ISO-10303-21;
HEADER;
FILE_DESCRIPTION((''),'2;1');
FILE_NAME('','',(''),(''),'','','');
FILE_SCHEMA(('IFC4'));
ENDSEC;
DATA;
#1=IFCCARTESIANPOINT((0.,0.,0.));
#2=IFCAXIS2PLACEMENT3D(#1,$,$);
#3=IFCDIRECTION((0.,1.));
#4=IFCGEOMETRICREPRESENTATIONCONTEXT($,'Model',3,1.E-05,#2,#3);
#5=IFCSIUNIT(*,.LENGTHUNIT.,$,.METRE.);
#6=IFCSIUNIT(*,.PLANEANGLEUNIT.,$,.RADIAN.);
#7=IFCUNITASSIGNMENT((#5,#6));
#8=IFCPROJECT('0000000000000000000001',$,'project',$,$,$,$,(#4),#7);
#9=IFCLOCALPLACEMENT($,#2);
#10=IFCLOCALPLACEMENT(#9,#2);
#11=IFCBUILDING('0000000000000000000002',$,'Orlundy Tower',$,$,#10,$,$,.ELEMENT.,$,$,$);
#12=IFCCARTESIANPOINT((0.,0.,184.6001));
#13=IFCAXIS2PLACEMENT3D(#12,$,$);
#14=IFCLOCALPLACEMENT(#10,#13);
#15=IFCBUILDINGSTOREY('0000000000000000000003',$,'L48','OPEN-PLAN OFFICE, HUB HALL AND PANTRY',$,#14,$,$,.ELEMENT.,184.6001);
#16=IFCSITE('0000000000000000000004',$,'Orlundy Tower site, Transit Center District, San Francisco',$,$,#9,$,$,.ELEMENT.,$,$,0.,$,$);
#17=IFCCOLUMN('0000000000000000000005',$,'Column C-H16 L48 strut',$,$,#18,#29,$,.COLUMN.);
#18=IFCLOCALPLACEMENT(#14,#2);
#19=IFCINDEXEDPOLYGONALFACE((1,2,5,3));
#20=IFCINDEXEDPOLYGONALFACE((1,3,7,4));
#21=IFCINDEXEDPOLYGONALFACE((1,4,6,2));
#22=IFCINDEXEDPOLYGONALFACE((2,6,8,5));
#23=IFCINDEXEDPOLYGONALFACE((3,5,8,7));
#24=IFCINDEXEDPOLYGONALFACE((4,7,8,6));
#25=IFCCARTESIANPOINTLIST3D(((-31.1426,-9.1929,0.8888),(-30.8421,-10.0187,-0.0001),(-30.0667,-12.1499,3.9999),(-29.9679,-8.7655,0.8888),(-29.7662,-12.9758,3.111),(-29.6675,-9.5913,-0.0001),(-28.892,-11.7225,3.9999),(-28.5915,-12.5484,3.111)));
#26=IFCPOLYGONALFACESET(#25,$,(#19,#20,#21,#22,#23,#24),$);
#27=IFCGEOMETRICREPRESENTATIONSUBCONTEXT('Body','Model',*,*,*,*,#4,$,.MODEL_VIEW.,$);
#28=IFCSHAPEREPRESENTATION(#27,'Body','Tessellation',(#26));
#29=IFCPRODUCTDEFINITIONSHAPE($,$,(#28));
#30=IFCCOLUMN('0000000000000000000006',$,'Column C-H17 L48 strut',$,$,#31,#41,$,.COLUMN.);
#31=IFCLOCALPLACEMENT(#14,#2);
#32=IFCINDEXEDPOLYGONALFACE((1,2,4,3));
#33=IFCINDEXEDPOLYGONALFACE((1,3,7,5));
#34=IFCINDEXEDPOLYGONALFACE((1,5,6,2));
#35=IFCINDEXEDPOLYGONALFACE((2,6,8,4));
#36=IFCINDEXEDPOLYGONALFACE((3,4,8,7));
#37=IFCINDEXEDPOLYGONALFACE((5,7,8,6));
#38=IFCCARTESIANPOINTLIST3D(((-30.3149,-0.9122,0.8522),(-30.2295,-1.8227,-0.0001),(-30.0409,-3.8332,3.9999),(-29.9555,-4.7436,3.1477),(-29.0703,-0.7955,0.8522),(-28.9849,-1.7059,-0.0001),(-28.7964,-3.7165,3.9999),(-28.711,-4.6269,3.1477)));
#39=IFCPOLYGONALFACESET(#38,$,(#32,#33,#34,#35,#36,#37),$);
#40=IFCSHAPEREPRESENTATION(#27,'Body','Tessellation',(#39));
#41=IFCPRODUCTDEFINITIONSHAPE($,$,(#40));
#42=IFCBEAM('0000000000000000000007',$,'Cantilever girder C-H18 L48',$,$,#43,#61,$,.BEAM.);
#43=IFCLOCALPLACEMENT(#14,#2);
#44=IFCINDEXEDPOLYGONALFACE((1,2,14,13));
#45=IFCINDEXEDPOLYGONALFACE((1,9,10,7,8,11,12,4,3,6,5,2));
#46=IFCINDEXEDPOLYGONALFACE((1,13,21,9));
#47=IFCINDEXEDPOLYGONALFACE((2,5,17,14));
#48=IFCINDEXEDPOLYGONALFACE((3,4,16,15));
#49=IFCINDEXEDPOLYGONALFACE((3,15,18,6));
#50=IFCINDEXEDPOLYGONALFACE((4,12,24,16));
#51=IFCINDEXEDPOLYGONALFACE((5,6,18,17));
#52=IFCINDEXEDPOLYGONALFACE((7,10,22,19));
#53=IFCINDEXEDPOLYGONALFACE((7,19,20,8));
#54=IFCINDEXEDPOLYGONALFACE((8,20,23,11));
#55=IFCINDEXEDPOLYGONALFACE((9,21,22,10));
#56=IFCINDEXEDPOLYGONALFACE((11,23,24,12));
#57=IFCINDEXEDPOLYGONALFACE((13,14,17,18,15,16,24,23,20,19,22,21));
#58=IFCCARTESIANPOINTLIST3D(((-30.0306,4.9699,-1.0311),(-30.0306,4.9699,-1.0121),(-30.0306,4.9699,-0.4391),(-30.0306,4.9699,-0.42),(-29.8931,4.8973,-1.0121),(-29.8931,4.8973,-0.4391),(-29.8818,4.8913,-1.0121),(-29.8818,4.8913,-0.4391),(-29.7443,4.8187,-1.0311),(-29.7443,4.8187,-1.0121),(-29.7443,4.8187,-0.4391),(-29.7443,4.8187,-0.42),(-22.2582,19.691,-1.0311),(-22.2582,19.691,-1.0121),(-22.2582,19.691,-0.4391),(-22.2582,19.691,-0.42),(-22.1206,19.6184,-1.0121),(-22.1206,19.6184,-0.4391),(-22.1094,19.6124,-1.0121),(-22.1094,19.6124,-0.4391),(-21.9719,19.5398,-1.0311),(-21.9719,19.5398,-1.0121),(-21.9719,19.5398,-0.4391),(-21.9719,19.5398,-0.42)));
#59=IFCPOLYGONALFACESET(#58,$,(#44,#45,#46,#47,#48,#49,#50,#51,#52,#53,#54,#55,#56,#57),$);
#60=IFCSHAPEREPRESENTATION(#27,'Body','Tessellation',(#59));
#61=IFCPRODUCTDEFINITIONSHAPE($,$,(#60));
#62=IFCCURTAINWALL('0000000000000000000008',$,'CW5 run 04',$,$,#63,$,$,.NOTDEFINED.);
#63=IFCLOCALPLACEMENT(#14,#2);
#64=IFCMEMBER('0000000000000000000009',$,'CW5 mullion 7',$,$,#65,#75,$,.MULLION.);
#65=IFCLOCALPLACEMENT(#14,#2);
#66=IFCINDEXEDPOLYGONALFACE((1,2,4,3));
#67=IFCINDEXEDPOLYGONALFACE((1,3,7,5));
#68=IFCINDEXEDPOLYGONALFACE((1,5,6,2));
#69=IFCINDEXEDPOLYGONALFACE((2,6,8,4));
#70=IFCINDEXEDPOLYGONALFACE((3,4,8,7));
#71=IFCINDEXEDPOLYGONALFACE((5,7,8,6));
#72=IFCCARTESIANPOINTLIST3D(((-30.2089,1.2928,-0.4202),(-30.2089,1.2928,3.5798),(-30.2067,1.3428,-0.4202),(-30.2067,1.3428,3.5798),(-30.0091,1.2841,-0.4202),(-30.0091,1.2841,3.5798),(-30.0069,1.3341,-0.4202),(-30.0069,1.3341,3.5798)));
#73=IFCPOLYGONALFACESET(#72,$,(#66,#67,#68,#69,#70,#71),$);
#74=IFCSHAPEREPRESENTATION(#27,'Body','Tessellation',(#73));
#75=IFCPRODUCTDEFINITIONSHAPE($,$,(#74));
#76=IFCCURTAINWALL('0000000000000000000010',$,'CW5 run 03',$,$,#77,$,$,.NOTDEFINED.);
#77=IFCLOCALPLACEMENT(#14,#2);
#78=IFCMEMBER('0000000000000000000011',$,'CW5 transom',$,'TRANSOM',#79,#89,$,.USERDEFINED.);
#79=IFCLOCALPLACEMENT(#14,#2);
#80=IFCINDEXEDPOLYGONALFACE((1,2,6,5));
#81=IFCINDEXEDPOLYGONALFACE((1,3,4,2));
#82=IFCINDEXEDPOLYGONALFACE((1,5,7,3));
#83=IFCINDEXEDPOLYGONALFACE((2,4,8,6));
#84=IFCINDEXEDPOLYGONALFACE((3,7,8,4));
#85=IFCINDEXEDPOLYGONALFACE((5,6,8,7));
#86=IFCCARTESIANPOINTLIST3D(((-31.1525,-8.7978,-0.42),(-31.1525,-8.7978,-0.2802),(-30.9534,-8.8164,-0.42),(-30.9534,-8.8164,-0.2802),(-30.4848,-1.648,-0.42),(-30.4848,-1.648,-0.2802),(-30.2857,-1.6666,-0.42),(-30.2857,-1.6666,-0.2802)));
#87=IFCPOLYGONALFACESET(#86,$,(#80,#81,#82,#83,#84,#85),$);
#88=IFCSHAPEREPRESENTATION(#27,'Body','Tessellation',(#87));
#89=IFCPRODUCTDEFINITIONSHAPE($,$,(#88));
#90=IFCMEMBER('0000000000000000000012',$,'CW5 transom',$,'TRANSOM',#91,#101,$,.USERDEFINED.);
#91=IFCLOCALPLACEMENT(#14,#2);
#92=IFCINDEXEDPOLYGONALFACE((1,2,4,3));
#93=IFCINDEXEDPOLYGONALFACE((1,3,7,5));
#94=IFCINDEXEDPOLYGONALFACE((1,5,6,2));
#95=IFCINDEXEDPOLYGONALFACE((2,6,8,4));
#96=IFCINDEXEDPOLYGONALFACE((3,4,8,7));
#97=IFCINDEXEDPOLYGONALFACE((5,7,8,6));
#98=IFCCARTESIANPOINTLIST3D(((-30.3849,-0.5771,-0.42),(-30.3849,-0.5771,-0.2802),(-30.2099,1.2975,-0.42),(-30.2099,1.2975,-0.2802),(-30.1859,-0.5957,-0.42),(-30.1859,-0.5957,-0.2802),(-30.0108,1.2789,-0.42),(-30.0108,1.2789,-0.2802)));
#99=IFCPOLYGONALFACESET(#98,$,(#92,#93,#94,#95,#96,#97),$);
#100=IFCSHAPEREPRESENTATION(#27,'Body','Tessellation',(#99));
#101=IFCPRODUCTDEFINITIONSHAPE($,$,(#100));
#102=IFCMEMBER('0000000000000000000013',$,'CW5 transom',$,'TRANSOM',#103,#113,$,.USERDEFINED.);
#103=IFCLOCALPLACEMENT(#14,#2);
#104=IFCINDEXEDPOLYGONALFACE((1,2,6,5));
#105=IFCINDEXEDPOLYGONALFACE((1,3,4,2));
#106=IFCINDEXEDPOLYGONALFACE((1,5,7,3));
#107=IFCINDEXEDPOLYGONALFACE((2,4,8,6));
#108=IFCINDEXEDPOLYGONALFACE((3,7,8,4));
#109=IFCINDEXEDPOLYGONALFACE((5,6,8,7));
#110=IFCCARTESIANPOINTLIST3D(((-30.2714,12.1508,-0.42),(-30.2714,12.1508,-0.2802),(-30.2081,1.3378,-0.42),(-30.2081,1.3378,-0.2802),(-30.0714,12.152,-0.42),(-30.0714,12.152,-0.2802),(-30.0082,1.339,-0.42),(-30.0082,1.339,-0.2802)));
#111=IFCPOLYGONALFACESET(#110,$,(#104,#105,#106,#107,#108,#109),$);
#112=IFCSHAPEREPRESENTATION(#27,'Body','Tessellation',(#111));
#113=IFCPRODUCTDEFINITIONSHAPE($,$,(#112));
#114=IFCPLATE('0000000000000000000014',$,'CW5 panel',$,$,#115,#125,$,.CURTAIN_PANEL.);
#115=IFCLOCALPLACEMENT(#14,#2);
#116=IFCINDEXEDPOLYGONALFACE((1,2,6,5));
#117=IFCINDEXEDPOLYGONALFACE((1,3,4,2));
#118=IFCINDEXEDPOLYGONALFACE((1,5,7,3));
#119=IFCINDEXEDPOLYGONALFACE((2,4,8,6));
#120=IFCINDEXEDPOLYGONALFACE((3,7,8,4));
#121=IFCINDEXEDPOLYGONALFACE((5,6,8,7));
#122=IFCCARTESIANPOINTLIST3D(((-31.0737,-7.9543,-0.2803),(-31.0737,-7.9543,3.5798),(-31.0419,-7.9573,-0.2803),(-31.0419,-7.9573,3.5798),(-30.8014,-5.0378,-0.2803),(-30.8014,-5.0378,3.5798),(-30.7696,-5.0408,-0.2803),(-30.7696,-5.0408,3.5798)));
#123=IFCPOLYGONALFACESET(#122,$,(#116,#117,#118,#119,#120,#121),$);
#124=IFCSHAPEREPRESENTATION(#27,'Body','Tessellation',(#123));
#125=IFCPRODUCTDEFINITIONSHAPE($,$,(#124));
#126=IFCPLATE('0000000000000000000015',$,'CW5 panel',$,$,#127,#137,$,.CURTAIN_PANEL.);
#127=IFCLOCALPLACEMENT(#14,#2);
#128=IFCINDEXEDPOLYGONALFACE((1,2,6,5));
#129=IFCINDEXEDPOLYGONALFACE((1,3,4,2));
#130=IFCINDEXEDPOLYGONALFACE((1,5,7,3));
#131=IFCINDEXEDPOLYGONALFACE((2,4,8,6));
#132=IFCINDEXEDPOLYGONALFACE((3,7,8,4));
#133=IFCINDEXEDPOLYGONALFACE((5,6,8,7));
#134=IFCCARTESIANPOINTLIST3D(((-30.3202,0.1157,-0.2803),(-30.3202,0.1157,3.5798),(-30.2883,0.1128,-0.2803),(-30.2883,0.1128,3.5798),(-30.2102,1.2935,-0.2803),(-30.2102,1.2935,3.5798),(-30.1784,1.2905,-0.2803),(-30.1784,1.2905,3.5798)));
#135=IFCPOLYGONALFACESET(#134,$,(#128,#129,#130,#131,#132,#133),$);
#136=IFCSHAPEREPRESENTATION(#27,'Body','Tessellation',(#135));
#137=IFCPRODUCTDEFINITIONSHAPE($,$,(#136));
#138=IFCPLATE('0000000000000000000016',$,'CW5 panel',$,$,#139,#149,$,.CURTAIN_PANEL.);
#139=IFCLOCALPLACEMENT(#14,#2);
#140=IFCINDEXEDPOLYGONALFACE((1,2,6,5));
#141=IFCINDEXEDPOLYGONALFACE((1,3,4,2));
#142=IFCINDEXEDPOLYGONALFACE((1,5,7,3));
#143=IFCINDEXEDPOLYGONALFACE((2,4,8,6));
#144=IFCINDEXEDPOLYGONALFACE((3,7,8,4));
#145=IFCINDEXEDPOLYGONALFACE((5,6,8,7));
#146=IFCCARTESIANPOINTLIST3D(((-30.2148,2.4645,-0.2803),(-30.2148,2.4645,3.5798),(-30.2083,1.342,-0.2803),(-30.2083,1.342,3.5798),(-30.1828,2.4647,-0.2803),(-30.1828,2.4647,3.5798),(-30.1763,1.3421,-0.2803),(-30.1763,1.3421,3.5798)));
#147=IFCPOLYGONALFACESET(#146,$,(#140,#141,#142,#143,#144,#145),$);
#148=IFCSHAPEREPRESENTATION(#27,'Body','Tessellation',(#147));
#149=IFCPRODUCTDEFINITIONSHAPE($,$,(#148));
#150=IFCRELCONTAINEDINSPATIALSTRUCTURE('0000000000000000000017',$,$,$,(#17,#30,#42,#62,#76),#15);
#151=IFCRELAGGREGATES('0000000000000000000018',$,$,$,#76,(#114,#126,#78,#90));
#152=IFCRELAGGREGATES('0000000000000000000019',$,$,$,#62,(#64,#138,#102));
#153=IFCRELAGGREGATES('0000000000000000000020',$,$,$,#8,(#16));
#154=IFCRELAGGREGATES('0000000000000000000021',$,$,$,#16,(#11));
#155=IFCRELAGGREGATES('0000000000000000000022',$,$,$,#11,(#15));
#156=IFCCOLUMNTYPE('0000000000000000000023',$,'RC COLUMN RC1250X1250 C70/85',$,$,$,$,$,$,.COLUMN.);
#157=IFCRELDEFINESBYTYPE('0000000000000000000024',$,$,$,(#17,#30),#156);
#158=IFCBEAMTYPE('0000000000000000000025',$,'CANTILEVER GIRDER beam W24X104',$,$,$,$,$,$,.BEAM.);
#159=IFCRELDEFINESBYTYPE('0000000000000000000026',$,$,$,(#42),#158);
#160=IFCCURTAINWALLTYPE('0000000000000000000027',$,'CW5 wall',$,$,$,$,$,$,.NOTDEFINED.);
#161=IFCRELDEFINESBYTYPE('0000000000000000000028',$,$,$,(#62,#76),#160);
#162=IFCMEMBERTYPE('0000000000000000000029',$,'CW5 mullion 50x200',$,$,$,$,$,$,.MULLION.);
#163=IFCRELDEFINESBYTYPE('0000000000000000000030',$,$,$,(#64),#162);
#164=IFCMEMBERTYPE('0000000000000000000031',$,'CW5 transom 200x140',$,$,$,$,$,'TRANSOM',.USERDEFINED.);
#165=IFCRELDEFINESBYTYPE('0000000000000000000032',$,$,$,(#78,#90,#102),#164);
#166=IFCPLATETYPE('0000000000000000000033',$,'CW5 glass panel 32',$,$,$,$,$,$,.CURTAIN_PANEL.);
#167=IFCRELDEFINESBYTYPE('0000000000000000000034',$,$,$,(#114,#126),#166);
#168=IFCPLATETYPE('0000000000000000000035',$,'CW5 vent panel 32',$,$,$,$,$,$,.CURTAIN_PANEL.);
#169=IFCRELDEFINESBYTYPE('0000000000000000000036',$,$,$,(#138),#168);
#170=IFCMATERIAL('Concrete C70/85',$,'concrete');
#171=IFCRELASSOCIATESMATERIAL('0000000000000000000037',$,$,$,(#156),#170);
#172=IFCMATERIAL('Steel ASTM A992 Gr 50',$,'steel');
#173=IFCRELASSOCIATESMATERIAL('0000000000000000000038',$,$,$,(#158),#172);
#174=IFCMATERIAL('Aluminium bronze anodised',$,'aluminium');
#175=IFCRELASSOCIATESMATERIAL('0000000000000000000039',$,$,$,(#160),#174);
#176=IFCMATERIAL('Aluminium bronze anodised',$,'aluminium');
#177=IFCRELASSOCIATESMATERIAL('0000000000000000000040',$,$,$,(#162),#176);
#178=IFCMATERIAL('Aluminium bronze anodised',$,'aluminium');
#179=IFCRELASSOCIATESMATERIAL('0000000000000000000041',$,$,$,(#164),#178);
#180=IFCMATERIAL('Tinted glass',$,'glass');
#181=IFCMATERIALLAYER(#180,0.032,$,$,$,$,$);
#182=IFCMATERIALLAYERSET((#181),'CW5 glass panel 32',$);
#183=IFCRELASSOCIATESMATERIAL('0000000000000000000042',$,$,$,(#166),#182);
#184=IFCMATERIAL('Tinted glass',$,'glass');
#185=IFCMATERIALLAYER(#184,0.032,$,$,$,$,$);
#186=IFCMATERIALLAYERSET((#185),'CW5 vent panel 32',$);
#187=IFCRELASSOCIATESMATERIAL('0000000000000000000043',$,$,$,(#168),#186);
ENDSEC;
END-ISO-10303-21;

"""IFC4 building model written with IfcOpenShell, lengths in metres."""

from ifc_helpers import new_model, si_unit, direction, frame, origin, origin_2d, place, context, subcontext, project, spatial, rectangle, i_section, extrude, material, layer, layer_set, material_profile, profile_set, type_object, element, aggregate, save


model = new_model("IFC4")

# Units and contexts
model_context = context("Model", 3, precision=1e-05, world=origin(), true_north=direction((0.0, 1.0)))
body_context = subcontext(model_context, "Body", "Model", "MODEL_VIEW")
ifc_project = project(units=[si_unit("LENGTHUNIT", "METRE"), si_unit("PLANEANGLEUNIT", "RADIAN")], contexts=[model_context])

# Site, building, storey
site_placement = place(None, origin())
site = spatial("IfcSite", under=ifc_project, at=site_placement, Name="Orlundy Tower site, Transit Center District, San Francisco", CompositionType="ELEMENT", RefElevation=0.0)
building_placement = place(site_placement, origin())
building = spatial("IfcBuilding", under=site, at=building_placement, Name="Orlundy Tower", CompositionType="ELEMENT")
storey_placement = place(building_placement, frame((0.0, 0.0, 184.6001)))
storey = spatial("IfcBuildingStorey", under=building, at=storey_placement, Name="L48", Description="OPEN-PLAN OFFICE, HUB HALL AND PANTRY", CompositionType="ELEMENT", Elevation=184.6001)

# Columns
ifc_material_1 = material(Name="Concrete C70/85", Category="concrete")
ifc_material_profile_1 = material_profile(ifc_material_1, rectangle(XDim=1.25, YDim=1.25, at=origin_2d()), Name="RC1250X1250")
ifc_profile_set_1 = profile_set([ifc_material_profile_1], Name="Concrete C70/85")
column_type = type_object("IfcColumnType", Name="RC COLUMN RC1250X1250 C70/85", PredefinedType="COLUMN", material=ifc_profile_set_1)
column_1_placement = place(storey_placement, frame((-30.405, -9.3921, 0.4443), z_axis=(0.243148, -0.668258, 0.703072), x_axis=(0.939728, 0.341924, 0.0)))
element("IfcColumn", 1, at=column_1_placement, inside=storey, type_object=column_type, Name="Column C-H16 L48 strut", PredefinedType="COLUMN", context=body_context, shape_type="SweptSolid", body=[
    extrude(rectangle(XDim=1.25, YDim=1.25, at=origin_2d()), origin(), (0.0, 0.0, 1.0), 4.425),
])
column_2_placement = place(storey_placement, frame((-29.6499, -1.3091, 0.426), z_axis=(0.063661, -0.678825, 0.731535), x_axis=(0.995631, 0.093372, 0.0)))
element("IfcColumn", 2, at=column_2_placement, inside=storey, type_object=column_type, Name="Column C-H17 L48 strut", PredefinedType="COLUMN", context=body_context, shape_type="SweptSolid", body=[
    extrude(rectangle(XDim=1.25, YDim=1.25, at=origin_2d()), origin(), (0.0, 0.0, 1.0), 4.303),
])

# Beam
ifc_material_2 = material(Name="Steel ASTM A992 Gr 50", Category="steel")
ifc_material_profile_2 = material_profile(ifc_material_2, i_section(OverallWidth=0.3237, OverallDepth=0.6111, WebThickness=0.0127, FlangeThickness=0.019, at=origin_2d()), Name="W24X104")
ifc_profile_set_2 = profile_set([ifc_material_profile_2], Name="Steel ASTM A992 Gr 50")
beam_type = type_object("IfcBeamType", Name="CANTILEVER GIRDER beam W24X104", PredefinedType="BEAM", material=ifc_profile_set_2)
beam_placement = place(storey_placement, frame((-29.8875, 4.8943, -0.7256), z_axis=(0.466897, 0.884312, 0.0), x_axis=(-0.884312, 0.466897, 0.0)))
element("IfcBeam", 3, at=beam_placement, inside=storey, type_object=beam_type, Name="Cantilever girder C-H18 L48", PredefinedType="BEAM", context=body_context, shape_type="SweptSolid", body=[
    extrude(i_section(OverallWidth=0.3237, OverallDepth=0.6111, WebThickness=0.0127, FlangeThickness=0.019, at=origin_2d()), origin(), (0.0, 0.0, 1.0), 16.647),
])

# Curtain wall, member
ifc_material_3 = material(Name="Aluminium bronze anodised", Category="aluminium")
curtain_wall_type = type_object("IfcCurtainWallType", Name="CW5 wall", PredefinedType="NOTDEFINED", material=ifc_material_3)
curtain_wall_1_placement = place(storey_placement, origin())
curtain_wall_1 = element("IfcCurtainWall", 4, at=curtain_wall_1_placement, inside=storey, type_object=curtain_wall_type, Name="CW5 run 04", PredefinedType="NOTDEFINED")
ifc_material_4 = material(Name="Aluminium bronze anodised", Category="aluminium")
ifc_material_profile_3 = material_profile(ifc_material_4, rectangle(XDim=0.2, YDim=0.05, at=origin_2d()), Name="CW5 mullion 50x200")
ifc_profile_set_3 = profile_set([ifc_material_profile_3], Name="Aluminium bronze anodised")
member_type_1 = type_object("IfcMemberType", Name="CW5 mullion 50x200", PredefinedType="MULLION", material=ifc_profile_set_3)
member_1_placement = place(storey_placement, frame((-30.1079, 1.3135, -0.4202), z_axis=(0.0, 0.0, 1.0), x_axis=(-0.999049, 0.043608, 0.0)))
member_1 = element("IfcMember", 5, at=member_1_placement, type_object=member_type_1, Name="CW5 mullion 7", PredefinedType="MULLION", context=body_context, shape_type="SweptSolid", body=[
    extrude(rectangle(XDim=0.2, YDim=0.05, at=origin_2d()), origin(), (0.0, 0.0, 1.0), 4.0),
])

# Curtain wall, members
curtain_wall_2_placement = place(storey_placement, origin())
curtain_wall_2 = element("IfcCurtainWall", 6, at=curtain_wall_2_placement, inside=storey, type_object=curtain_wall_type, Name="CW5 run 03", PredefinedType="NOTDEFINED")
ifc_material_5 = material(Name="Aluminium bronze anodised", Category="aluminium")
ifc_material_profile_4 = material_profile(ifc_material_5, rectangle(XDim=0.2, YDim=0.1399, at=origin_2d()), Name="CW5 transom 200x140")
ifc_profile_set_4 = profile_set([ifc_material_profile_4], Name="Aluminium bronze anodised")
member_type_2 = type_object("IfcMemberType", Name="CW5 transom 200x140", ElementType="TRANSOM", PredefinedType="USERDEFINED", material=ifc_profile_set_4)
member_2_placement = place(storey_placement, frame((-31.053, -8.8071, -0.3501), z_axis=(0.092985, 0.995668, 0.0), x_axis=(-0.995668, 0.092985, 0.0)))
member_2 = element("IfcMember", 7, at=member_2_placement, type_object=member_type_2, Name="CW5 transom", ObjectType="TRANSOM", PredefinedType="USERDEFINED", context=body_context, shape_type="SweptSolid", body=[
    extrude(rectangle(XDim=0.2, YDim=0.1399, at=origin_2d()), origin(), (0.0, 0.0, 1.0), 7.1809),
])
member_3_placement = place(storey_placement, frame((-30.2854, -0.5864, -0.3501), z_axis=(0.092967, 0.995669, 0.0), x_axis=(-0.995669, 0.092967, 0.0)))
member_3 = element("IfcMember", 8, at=member_3_placement, type_object=member_type_2, Name="CW5 transom", ObjectType="TRANSOM", PredefinedType="USERDEFINED", context=body_context, shape_type="SweptSolid", body=[
    extrude(rectangle(XDim=0.2, YDim=0.1399, at=origin_2d()), origin(), (0.0, 0.0, 1.0), 1.8828),
])

# Member
member_4_placement = place(storey_placement, frame((-30.1082, 1.3384, -0.3501), z_axis=(-0.005848, 0.999983, 0.0), x_axis=(-0.999983, -0.005848, 0.0)))
member_4 = element("IfcMember", 9, at=member_4_placement, type_object=member_type_2, Name="CW5 transom", ObjectType="TRANSOM", PredefinedType="USERDEFINED", context=body_context, shape_type="SweptSolid", body=[
    extrude(rectangle(XDim=0.2, YDim=0.1399, at=origin_2d()), origin(), (0.0, 0.0, 1.0), 10.8132),
])

# Plates
ifc_material_6 = material(Name="Tinted glass", Category="glass")
ifc_layer_1 = layer(ifc_material_6, 0.032)
ifc_layer_set_1 = layer_set([ifc_layer_1], Name="CW5 glass panel 32")
plate_type_1 = type_object("IfcPlateType", Name="CW5 glass panel 32", PredefinedType="CURTAIN_PANEL", material=ifc_layer_set_1)
plate_1_placement = place(storey_placement, frame((-30.9216, -6.4976, -0.2803), z_axis=(0.0, 0.0, 1.0), x_axis=(0.092958, 0.99567, 0.0)))
plate_1 = element("IfcPlate", 10, at=plate_1_placement, type_object=plate_type_1, Name="CW5 panel", PredefinedType="CURTAIN_PANEL", context=body_context, shape_type="SweptSolid", body=[
    extrude(rectangle(XDim=2.9292, YDim=0.032, at=origin_2d()), origin(), (0.0, 0.0, 1.0), 3.8601),
])
plate_2_placement = place(storey_placement, frame((-30.2493, 0.7031, -0.2803), z_axis=(0.0, 0.0, 1.0), x_axis=(0.092958, 0.99567, 0.0)))
plate_2 = element("IfcPlate", 11, at=plate_2_placement, type_object=plate_type_1, Name="CW5 panel", PredefinedType="CURTAIN_PANEL", context=body_context, shape_type="SweptSolid", body=[
    extrude(rectangle(XDim=1.1829, YDim=0.032, at=origin_2d()), origin(), (0.0, 0.0, 1.0), 3.8601),
])
aggregate(curtain_wall_2, [plate_1, plate_2, member_2, member_3])
ifc_material_7 = material(Name="Tinted glass", Category="glass")
ifc_layer_2 = layer(ifc_material_7, 0.032)
ifc_layer_set_2 = layer_set([ifc_layer_2], Name="CW5 vent panel 32")
plate_type_2 = type_object("IfcPlateType", Name="CW5 vent panel 32", PredefinedType="CURTAIN_PANEL", material=ifc_layer_set_2)
plate_3_placement = place(storey_placement, frame((-30.1956, 1.9033, -0.2803), z_axis=(0.0, 0.0, 1.0), x_axis=(-0.005848, 0.999983, 0.0)))
plate_3 = element("IfcPlate", 12, at=plate_3_placement, type_object=plate_type_2, Name="CW5 panel", PredefinedType="CURTAIN_PANEL", context=body_context, shape_type="SweptSolid", body=[
    extrude(rectangle(XDim=1.1226, YDim=0.032, at=origin_2d()), origin(), (0.0, 0.0, 1.0), 3.8601),
])
aggregate(curtain_wall_1, [member_1, plate_3, member_4])

save(model, "model.ifc")
